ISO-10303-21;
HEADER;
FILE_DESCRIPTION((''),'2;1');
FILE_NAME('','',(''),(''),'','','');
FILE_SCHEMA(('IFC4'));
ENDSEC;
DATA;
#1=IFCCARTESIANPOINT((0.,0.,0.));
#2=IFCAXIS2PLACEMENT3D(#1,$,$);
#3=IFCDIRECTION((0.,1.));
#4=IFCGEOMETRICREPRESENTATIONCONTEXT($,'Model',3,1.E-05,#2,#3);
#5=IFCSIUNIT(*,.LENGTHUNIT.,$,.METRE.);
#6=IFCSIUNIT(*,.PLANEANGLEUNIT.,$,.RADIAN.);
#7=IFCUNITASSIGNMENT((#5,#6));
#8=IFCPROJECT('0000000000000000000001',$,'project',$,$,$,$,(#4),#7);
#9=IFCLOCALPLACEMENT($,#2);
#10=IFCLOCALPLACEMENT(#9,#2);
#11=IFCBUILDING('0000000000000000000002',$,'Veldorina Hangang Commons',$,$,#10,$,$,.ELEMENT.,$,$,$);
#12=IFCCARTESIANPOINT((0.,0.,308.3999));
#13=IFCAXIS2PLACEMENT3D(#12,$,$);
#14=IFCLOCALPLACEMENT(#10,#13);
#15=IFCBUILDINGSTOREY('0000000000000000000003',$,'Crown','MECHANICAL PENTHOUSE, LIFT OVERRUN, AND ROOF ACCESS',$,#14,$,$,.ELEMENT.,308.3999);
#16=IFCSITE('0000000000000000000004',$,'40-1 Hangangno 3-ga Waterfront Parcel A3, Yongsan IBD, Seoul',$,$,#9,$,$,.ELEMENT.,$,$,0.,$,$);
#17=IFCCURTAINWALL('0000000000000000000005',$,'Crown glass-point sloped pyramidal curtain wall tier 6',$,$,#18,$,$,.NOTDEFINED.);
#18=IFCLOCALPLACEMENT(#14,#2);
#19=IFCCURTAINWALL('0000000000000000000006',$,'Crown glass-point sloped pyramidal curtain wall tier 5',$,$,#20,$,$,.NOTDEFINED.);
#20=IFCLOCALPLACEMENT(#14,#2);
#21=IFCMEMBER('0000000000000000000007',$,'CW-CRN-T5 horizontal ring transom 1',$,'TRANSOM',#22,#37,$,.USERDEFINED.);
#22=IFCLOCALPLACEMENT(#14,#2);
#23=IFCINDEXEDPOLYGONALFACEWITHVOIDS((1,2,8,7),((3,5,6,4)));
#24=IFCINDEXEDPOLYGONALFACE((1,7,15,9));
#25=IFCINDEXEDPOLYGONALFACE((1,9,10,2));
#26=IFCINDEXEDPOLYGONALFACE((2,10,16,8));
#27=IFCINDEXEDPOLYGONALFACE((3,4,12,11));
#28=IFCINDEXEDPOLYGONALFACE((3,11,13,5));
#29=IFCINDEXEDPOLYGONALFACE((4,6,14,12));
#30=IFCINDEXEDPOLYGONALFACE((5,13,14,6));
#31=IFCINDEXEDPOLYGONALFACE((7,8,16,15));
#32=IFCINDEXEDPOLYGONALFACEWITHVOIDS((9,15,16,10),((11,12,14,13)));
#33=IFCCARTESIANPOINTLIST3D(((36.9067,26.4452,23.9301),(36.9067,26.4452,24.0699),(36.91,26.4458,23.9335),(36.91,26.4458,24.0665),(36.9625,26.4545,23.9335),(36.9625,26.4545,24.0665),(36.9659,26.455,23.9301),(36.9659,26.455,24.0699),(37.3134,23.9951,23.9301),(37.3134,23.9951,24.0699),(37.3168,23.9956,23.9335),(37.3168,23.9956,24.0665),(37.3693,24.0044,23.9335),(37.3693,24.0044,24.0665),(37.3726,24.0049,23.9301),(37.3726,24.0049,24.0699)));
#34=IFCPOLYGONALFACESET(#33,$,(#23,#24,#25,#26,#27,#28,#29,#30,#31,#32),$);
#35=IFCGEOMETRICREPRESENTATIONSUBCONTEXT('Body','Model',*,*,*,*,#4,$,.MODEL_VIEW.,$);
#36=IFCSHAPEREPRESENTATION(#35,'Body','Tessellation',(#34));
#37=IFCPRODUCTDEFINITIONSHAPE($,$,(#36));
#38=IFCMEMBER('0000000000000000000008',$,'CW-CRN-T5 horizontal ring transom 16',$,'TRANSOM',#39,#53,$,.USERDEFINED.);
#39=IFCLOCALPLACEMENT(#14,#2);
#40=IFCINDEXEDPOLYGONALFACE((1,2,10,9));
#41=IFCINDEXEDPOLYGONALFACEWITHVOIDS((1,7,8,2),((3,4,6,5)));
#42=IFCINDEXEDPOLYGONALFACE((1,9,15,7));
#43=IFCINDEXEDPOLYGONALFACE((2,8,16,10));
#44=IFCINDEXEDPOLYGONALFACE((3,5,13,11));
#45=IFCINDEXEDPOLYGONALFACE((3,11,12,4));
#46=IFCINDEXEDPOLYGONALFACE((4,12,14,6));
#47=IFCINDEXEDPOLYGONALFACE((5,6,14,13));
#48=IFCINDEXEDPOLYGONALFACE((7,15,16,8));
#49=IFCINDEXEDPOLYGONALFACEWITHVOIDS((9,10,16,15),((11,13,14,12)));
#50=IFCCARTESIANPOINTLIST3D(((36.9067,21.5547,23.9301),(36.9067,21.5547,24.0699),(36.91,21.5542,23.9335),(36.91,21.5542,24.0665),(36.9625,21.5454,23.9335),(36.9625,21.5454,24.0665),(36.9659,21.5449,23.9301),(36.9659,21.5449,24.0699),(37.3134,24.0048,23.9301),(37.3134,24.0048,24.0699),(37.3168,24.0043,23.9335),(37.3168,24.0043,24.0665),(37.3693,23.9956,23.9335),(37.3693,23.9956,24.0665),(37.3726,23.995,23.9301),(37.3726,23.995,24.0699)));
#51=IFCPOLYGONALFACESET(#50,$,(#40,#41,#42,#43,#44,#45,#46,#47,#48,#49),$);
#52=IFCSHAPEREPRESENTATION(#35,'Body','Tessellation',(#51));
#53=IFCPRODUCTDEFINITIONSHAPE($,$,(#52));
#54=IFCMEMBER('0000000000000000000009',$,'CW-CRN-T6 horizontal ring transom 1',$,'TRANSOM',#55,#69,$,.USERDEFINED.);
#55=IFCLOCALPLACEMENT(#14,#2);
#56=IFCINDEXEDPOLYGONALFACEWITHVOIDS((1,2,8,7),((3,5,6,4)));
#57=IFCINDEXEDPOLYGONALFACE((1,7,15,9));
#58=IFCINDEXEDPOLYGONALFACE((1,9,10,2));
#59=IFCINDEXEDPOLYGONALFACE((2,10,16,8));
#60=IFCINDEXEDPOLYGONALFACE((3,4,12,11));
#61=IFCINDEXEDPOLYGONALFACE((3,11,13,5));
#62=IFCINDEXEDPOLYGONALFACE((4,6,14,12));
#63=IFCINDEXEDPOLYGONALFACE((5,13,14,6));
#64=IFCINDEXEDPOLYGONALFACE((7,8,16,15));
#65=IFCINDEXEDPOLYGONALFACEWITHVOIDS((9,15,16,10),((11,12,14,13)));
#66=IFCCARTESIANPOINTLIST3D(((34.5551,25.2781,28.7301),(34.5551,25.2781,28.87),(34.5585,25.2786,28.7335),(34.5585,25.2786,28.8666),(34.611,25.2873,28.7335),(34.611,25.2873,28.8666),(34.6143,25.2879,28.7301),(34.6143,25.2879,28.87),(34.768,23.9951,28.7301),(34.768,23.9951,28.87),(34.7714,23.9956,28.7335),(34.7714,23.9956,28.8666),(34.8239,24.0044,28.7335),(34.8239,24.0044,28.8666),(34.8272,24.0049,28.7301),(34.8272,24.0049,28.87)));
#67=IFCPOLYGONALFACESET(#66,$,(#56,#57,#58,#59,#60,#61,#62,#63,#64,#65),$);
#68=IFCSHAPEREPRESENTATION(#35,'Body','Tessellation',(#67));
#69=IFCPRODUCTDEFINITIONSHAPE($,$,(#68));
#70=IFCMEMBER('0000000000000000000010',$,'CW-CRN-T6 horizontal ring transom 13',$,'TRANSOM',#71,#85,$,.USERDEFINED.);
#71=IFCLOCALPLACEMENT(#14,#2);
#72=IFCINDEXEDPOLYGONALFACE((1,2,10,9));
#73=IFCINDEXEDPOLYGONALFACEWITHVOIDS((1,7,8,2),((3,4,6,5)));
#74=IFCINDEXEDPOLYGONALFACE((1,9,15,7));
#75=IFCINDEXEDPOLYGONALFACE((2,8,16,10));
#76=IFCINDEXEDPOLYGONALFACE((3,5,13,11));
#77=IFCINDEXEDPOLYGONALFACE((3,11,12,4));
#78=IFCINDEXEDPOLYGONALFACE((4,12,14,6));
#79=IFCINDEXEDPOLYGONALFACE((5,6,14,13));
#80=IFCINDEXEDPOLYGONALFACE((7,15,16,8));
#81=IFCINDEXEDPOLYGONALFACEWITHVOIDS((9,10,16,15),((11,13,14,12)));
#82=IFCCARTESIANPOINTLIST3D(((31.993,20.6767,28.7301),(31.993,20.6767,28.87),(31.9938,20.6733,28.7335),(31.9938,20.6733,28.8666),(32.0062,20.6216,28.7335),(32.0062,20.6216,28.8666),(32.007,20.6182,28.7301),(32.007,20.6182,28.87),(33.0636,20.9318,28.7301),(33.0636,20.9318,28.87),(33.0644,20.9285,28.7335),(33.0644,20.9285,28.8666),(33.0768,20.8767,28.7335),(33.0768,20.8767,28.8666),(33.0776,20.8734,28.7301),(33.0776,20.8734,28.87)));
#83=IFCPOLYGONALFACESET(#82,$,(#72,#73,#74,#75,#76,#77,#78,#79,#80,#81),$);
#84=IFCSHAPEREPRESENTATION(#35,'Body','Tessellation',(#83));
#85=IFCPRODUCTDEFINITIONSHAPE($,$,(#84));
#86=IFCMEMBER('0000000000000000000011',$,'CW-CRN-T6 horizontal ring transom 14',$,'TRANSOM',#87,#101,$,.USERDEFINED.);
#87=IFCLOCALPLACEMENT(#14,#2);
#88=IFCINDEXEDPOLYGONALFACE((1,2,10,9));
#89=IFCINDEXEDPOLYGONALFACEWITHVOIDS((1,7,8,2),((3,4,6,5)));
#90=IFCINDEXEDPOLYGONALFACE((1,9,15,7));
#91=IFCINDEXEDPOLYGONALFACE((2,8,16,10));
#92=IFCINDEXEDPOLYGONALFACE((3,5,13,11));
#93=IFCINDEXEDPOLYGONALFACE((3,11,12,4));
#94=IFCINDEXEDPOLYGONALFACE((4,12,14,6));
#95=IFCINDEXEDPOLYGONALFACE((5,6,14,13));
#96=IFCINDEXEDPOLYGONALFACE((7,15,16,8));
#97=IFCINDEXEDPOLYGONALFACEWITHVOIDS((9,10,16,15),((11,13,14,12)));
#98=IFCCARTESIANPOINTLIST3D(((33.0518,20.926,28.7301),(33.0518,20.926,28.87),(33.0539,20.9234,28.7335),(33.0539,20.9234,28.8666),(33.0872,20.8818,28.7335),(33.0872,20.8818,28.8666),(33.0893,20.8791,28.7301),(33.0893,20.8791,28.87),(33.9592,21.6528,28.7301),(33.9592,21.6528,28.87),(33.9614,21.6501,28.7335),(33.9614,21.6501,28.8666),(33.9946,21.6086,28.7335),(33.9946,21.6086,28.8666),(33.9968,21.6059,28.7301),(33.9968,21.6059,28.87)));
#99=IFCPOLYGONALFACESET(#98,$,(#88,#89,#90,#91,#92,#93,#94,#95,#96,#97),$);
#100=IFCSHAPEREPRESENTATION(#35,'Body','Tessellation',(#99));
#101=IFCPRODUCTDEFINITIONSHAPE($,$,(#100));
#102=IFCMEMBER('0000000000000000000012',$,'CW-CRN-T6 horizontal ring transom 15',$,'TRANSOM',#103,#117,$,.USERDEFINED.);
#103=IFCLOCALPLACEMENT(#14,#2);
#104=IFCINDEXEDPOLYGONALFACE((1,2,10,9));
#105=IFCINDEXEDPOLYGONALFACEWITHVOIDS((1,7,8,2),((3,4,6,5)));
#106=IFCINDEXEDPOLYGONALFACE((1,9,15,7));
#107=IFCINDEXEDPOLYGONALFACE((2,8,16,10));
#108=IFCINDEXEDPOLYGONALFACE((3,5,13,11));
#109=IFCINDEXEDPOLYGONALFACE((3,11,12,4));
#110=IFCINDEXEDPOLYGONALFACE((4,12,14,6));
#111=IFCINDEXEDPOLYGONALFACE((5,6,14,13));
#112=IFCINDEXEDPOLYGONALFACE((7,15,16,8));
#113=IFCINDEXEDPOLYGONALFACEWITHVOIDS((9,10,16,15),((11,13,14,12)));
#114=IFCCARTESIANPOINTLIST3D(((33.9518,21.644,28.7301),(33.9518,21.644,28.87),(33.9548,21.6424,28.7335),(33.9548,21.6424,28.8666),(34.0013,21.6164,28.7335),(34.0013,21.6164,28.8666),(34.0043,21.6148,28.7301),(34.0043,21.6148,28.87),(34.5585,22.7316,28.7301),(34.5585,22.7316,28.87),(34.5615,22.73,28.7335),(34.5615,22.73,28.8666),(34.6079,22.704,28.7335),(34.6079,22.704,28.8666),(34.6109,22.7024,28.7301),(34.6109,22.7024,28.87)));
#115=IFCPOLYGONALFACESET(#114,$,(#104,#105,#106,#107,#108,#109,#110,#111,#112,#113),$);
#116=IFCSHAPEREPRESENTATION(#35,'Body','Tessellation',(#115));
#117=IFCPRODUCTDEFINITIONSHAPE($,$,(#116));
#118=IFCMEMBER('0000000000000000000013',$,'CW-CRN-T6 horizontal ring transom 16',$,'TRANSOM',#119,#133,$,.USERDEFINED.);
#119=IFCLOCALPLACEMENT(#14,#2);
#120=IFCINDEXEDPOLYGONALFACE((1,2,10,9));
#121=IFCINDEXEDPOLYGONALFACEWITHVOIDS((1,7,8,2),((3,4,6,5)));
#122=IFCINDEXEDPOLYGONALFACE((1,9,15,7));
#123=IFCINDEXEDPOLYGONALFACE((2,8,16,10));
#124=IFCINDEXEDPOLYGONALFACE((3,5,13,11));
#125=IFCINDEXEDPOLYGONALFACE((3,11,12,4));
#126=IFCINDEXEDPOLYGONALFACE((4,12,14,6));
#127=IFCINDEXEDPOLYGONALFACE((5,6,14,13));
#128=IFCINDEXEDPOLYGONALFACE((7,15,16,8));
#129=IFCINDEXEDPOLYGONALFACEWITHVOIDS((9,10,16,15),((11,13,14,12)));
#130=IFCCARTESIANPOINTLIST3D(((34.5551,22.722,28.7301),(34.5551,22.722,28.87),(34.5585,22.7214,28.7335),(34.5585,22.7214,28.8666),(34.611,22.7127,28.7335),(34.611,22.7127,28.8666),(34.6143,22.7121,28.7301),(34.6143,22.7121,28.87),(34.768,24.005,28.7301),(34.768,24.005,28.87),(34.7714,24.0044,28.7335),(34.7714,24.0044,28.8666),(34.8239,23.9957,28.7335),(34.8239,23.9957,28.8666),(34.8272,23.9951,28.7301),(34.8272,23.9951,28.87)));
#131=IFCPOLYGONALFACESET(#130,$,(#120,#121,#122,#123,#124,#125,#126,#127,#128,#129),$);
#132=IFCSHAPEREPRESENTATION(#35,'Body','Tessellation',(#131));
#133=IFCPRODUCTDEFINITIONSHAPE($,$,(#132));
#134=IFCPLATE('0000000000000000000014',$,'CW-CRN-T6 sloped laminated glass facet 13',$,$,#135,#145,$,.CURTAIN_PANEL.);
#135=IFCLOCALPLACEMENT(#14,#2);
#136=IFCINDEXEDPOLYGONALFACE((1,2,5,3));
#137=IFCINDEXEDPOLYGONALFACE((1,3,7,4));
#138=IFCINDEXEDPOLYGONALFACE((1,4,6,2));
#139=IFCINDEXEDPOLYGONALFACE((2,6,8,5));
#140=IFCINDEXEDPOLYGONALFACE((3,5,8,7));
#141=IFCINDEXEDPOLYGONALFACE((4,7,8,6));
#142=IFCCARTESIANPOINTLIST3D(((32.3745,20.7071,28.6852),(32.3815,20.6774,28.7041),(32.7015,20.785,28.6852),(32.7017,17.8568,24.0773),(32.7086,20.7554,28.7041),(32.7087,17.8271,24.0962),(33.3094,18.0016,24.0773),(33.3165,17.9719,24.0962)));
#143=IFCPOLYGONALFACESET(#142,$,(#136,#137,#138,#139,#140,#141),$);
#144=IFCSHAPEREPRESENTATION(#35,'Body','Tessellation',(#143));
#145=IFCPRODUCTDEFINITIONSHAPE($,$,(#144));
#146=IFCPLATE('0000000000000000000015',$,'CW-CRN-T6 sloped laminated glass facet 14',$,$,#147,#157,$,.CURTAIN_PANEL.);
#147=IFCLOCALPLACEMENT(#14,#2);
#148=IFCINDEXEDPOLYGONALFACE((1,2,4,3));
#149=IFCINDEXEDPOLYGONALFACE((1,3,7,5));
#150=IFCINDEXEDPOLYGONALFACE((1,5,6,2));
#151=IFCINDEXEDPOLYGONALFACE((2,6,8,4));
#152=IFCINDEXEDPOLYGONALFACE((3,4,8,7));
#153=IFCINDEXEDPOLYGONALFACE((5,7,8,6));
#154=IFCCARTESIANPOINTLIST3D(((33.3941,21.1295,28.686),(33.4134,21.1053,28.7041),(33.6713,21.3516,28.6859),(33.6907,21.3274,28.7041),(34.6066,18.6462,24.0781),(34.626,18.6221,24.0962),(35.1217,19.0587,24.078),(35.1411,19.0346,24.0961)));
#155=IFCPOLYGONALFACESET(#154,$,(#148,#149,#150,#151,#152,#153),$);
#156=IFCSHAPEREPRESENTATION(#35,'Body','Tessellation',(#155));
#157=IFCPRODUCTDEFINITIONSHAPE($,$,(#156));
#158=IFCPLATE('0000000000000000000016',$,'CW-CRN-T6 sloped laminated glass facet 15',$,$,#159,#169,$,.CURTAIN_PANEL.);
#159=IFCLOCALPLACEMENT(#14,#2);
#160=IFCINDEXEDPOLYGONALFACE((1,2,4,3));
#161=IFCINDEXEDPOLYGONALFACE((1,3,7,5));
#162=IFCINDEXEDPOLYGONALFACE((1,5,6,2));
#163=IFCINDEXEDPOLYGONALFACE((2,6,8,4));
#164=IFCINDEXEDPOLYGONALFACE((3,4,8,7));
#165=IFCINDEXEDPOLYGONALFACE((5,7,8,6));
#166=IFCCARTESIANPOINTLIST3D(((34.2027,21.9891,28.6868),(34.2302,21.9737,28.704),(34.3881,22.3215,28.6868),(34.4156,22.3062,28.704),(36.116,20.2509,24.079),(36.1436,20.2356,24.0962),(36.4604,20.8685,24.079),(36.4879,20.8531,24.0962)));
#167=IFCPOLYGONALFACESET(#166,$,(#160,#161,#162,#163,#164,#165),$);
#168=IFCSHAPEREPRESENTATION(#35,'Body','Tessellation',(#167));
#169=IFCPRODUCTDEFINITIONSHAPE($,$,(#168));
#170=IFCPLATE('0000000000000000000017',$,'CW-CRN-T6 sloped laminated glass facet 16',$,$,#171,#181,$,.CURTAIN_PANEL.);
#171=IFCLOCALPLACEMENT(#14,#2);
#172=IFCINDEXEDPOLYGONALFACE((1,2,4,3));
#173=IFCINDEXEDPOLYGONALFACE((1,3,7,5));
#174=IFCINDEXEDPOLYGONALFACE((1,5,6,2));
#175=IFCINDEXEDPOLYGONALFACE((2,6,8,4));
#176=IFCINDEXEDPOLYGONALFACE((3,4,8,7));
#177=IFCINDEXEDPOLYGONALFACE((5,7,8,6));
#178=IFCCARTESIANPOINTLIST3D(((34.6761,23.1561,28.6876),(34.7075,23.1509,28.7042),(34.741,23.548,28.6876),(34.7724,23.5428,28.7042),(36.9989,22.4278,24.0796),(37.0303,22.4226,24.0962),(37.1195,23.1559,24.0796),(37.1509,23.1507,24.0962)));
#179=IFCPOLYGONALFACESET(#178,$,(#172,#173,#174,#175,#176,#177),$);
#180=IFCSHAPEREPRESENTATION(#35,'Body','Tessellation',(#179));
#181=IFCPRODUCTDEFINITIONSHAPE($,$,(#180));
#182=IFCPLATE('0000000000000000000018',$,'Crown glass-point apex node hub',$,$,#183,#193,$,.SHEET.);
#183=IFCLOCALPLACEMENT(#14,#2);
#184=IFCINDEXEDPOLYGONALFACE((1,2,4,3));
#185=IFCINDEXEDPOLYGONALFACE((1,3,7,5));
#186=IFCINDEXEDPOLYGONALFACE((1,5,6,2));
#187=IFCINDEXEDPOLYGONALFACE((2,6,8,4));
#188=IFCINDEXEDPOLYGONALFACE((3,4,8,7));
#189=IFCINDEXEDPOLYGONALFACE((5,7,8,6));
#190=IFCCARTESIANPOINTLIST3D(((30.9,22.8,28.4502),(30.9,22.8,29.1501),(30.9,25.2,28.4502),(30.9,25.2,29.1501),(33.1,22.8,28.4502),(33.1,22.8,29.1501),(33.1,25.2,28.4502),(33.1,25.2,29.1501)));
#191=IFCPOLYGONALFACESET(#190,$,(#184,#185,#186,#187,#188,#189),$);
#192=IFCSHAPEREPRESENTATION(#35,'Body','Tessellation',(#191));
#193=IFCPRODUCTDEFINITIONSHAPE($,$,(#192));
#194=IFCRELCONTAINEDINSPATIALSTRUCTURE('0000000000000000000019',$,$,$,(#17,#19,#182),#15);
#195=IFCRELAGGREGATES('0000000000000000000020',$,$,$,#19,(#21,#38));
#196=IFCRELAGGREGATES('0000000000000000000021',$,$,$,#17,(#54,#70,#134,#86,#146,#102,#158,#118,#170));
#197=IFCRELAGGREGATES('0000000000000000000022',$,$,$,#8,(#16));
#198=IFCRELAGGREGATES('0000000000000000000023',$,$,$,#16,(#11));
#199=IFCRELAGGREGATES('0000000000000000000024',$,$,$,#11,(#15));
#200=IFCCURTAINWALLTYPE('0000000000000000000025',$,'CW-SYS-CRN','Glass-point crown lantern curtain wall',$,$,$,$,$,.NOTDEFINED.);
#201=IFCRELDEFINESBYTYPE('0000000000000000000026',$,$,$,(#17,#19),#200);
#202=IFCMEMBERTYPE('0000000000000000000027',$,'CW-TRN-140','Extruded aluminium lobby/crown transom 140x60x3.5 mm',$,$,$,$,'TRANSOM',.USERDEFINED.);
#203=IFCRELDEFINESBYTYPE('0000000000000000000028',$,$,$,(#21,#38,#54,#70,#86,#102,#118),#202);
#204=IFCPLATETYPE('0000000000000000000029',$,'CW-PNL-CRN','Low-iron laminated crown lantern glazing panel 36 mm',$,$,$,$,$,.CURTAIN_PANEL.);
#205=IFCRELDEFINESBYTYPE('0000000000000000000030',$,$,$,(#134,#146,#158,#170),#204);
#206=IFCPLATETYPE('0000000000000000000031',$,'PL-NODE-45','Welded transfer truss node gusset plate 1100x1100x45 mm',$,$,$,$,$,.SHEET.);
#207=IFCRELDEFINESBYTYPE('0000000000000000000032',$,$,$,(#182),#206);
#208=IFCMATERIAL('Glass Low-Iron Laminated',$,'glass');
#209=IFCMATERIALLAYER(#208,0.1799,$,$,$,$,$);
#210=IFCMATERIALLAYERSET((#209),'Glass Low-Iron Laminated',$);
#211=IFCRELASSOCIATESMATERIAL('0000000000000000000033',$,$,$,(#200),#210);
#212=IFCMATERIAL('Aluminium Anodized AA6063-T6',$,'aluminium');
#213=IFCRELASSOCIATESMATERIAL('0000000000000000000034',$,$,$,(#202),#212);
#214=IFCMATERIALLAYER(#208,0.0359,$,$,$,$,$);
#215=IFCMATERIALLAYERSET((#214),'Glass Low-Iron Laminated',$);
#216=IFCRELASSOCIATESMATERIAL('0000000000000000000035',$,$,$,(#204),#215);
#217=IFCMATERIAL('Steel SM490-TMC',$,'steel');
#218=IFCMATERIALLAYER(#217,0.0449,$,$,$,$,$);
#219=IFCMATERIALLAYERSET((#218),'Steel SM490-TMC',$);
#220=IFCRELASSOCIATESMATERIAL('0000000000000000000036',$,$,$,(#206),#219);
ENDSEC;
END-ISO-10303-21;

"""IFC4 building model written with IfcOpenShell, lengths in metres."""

from ifc_helpers import new_model, si_unit, direction, frame, origin, origin_2d, place, context, subcontext, project, spatial, polyline, rectangle, hollow_rectangle, outline, extrude, material, layer, layer_set, material_profile, profile_set, type_object, element, aggregate, save


model = new_model("IFC4")

# Units and contexts
model_context = context("Model", 3, precision=1e-05, world=origin(), true_north=direction((0.0, 1.0)))
body_context = subcontext(model_context, "Body", "Model", "MODEL_VIEW")
ifc_project = project(units=[si_unit("LENGTHUNIT", "METRE"), si_unit("PLANEANGLEUNIT", "RADIAN")], contexts=[model_context])

# Site, building, storey
site_placement = place(None, origin())
site = spatial("IfcSite", under=ifc_project, at=site_placement, Name="40-1 Hangangno 3-ga Waterfront Parcel A3, Yongsan IBD, Seoul", CompositionType="ELEMENT", RefElevation=0.0)
building_placement = place(site_placement, origin())
building = spatial("IfcBuilding", under=site, at=building_placement, Name="Veldorina Hangang Commons", CompositionType="ELEMENT")
storey_placement = place(building_placement, frame((0.0, 0.0, 308.3999)))
storey = spatial("IfcBuildingStorey", under=building, at=storey_placement, Name="Crown", Description="MECHANICAL PENTHOUSE, LIFT OVERRUN, AND ROOF ACCESS", CompositionType="ELEMENT", Elevation=308.3999)

# Curtain wall
ifc_material_1 = material(Name="Glass Low-Iron Laminated", Category="glass")
ifc_layer_1 = layer(ifc_material_1, 0.1799)
ifc_layer_set_1 = layer_set([ifc_layer_1], Name="Glass Low-Iron Laminated")
curtain_wall_type = type_object("IfcCurtainWallType", Name="CW-SYS-CRN", Description="Glass-point crown lantern curtain wall", PredefinedType="NOTDEFINED", material=ifc_layer_set_1)
curtain_wall_1_placement = place(storey_placement, origin())
curtain_wall_1 = element("IfcCurtainWall", 1, at=curtain_wall_1_placement, inside=storey, type_object=curtain_wall_type, Name="Crown glass-point sloped pyramidal curtain wall tier 6", PredefinedType="NOTDEFINED")
ifc_material_2 = material(Name="Aluminium Anodized AA6063-T6", Category="aluminium")

# Curtain wall, members
curtain_wall_2_placement = place(storey_placement, origin())
curtain_wall_2 = element("IfcCurtainWall", 2, at=curtain_wall_2_placement, inside=storey, type_object=curtain_wall_type, Name="Crown glass-point sloped pyramidal curtain wall tier 5", PredefinedType="NOTDEFINED")
ifc_material_profile_1 = material_profile(ifc_material_2, hollow_rectangle(XDim=0.0601, YDim=0.1399, WallThickness=0.0034, at=origin_2d()), Name="ALU-RHS-140x60x3.5")
ifc_profile_set_1 = profile_set([ifc_material_profile_1], Name="Aluminium Anodized AA6063-T6")
member_type_1 = type_object("IfcMemberType", Name="CW-TRN-140", Description="Extruded aluminium lobby/crown transom 140x60x3.5 mm", ElementType="TRANSOM", PredefinedType="USERDEFINED", material=ifc_profile_set_1)
member_1_placement = place(storey_placement, frame((37.343, 24.0, 24.0), z_axis=(-0.163761, 0.9865, 0.0), x_axis=(-0.9865, -0.163761, 0.0)))
member_1 = element("IfcMember", 3, at=member_1_placement, type_object=member_type_1, Name="CW-CRN-T5 horizontal ring transom 1", ObjectType="TRANSOM", PredefinedType="USERDEFINED", context=body_context, shape_type="SweptSolid", body=[
    extrude(hollow_rectangle(XDim=0.0601, YDim=0.1399, WallThickness=0.0034, at=origin_2d()), origin(), (0.0, 0.0, 1.0), 2.4836),
])
member_2_placement = place(storey_placement, frame((36.9363, 21.5498, 24.0), z_axis=(0.163761, 0.9865, 0.0), x_axis=(-0.9865, 0.163761, 0.0)))
member_2 = element("IfcMember", 4, at=member_2_placement, type_object=member_type_1, Name="CW-CRN-T5 horizontal ring transom 16", ObjectType="TRANSOM", PredefinedType="USERDEFINED", context=body_context, shape_type="SweptSolid", body=[
    extrude(hollow_rectangle(XDim=0.0601, YDim=0.1399, WallThickness=0.0034, at=origin_2d()), origin(), (0.0, 0.0, 1.0), 2.4836),
])
aggregate(curtain_wall_2, [member_1, member_2])

# Members
member_3_placement = place(storey_placement, frame((34.7976, 24.0, 28.8), z_axis=(-0.163699, 0.98651, 0.0), x_axis=(-0.98651, -0.163699, 0.0)))
member_3 = element("IfcMember", 5, at=member_3_placement, type_object=member_type_1, Name="CW-CRN-T6 horizontal ring transom 1", ObjectType="TRANSOM", PredefinedType="USERDEFINED", context=body_context, shape_type="SweptSolid", body=[
    extrude(hollow_rectangle(XDim=0.0601, YDim=0.1399, WallThickness=0.0034, at=origin_2d()), origin(), (0.0, 0.0, 1.0), 1.3005),
])
member_4_placement = place(storey_placement, frame((32.0, 20.6475, 28.8), z_axis=(0.972759, 0.23182, 0.0), x_axis=(-0.23182, 0.972759, 0.0)))
member_4 = element("IfcMember", 6, at=member_4_placement, type_object=member_type_1, Name="CW-CRN-T6 horizontal ring transom 13", ObjectType="TRANSOM", PredefinedType="USERDEFINED", context=body_context, shape_type="SweptSolid", body=[
    extrude(hollow_rectangle(XDim=0.0601, YDim=0.1399, WallThickness=0.0034, at=origin_2d()), origin(), (0.0, 0.0, 1.0), 1.1006),
])
member_5_placement = place(storey_placement, frame((33.0706, 20.9026, 28.8), z_axis=(0.78052, 0.62513, 0.0), x_axis=(-0.62513, 0.78052, 0.0)))
member_5 = element("IfcMember", 7, at=member_5_placement, type_object=member_type_1, Name="CW-CRN-T6 horizontal ring transom 14", ObjectType="TRANSOM", PredefinedType="USERDEFINED", context=body_context, shape_type="SweptSolid", body=[
    extrude(hollow_rectangle(XDim=0.0601, YDim=0.1399, WallThickness=0.0034, at=origin_2d()), origin(), (0.0, 0.0, 1.0), 1.1626),
])
member_6_placement = place(storey_placement, frame((33.978, 21.6294, 28.8), z_axis=(0.48714, 0.873324, 0.0), x_axis=(-0.873324, 0.48714, 0.0)))
member_6 = element("IfcMember", 8, at=member_6_placement, type_object=member_type_1, Name="CW-CRN-T6 horizontal ring transom 15", ObjectType="TRANSOM", PredefinedType="USERDEFINED", context=body_context, shape_type="SweptSolid", body=[
    extrude(hollow_rectangle(XDim=0.0601, YDim=0.1399, WallThickness=0.0034, at=origin_2d()), origin(), (0.0, 0.0, 1.0), 1.2454),
])
member_7_placement = place(storey_placement, frame((34.5847, 22.717, 28.8), z_axis=(0.163699, 0.98651, 0.0), x_axis=(-0.98651, 0.163699, 0.0)))
member_7 = element("IfcMember", 9, at=member_7_placement, type_object=member_type_1, Name="CW-CRN-T6 horizontal ring transom 16", ObjectType="TRANSOM", PredefinedType="USERDEFINED", context=body_context, shape_type="SweptSolid", body=[
    extrude(hollow_rectangle(XDim=0.0601, YDim=0.1399, WallThickness=0.0034, at=origin_2d()), origin(), (0.0, 0.0, 1.0), 1.3005),
])

# Plates
ifc_layer_2 = layer(ifc_material_1, 0.0359)
ifc_layer_set_2 = layer_set([ifc_layer_2], Name="Glass Low-Iron Laminated")
plate_type_1 = type_object("IfcPlateType", Name="CW-PNL-CRN", Description="Low-iron laminated crown lantern glazing panel 36 mm", PredefinedType="CURTAIN_PANEL", material=ifc_layer_set_2)
plate_1_placement = place(storey_placement, frame((32.7087, 17.8271, 24.0962), z_axis=(0.197132, -0.827434, 0.525826), x_axis=(0.972773, 0.231759, 0.000002)))
plate_1 = element("IfcPlate", 10, at=plate_1_placement, type_object=plate_type_1, Name="CW-CRN-T6 sloped laminated glass facet 13", PredefinedType="CURTAIN_PANEL", context=body_context, shape_type="SweptSolid", body=[
    extrude(outline(polyline([(0.0, 0.0), (0.6248, 0.0), (0.6785, 5.4172), (0.3423, 5.4172), (0.0, 0.0)])), origin(), (0.0, 0.0, -1.0), 0.0359),
])
plate_2_placement = place(storey_placement, frame((34.626, 18.6221, 24.0962), z_axis=(0.539555, -0.673666, 0.505029), x_axis=(0.78056, 0.62508, -0.00012)))
plate_2 = element("IfcPlate", 11, at=plate_2_placement, type_object=plate_type_1, Name="CW-CRN-T6 sloped laminated glass facet 14", PredefinedType="CURTAIN_PANEL", context=body_context, shape_type="SweptSolid", body=[
    extrude(outline(polyline([(0.0, 0.0), (0.6599, 0.0), (0.9604, 5.3389), (0.6052, 5.3389), (0.0, 0.0)])), origin(), (0.0, 0.0, -1.0), 0.0359),
])
plate_3_placement = place(storey_placement, frame((36.1436, 20.2356, 24.0962), z_axis=(0.766463, -0.427367, 0.47947), x_axis=(0.486988, 0.873409, 0.000016)))
plate_3 = element("IfcPlate", 12, at=plate_3_placement, type_object=plate_type_1, Name="CW-CRN-T6 sloped laminated glass facet 15", PredefinedType="CURTAIN_PANEL", context=body_context, shape_type="SweptSolid", body=[
    extrude(outline(polyline([(0.0, 0.0), (0.707, 0.0), (0.967, 5.2507), (0.5864, 5.2507), (0.0, 0.0)])), origin(), (0.0, 0.0, -1.0), 0.0359),
])
plate_4_placement = place(storey_placement, frame((37.0303, 22.4226, 24.0962), z_axis=(0.874161, -0.144836, 0.463535), x_axis=(0.163452, 0.986551, 0.00001)))
plate_4 = element("IfcPlate", 13, at=plate_4_placement, type_object=plate_type_1, Name="CW-CRN-T6 sloped laminated glass facet 16", PredefinedType="CURTAIN_PANEL", context=body_context, shape_type="SweptSolid", body=[
    extrude(outline(polyline([(0.0, 0.0), (0.738, 0.0), (0.7361, 5.2004), (0.3389, 5.2004), (0.0, 0.0)])), origin(), (0.0, 0.0, -1.0), 0.0359),
])
aggregate(curtain_wall_1, [member_3, member_4, plate_1, member_5, plate_2, member_6, plate_3, member_7, plate_4])
ifc_material_3 = material(Name="Steel SM490-TMC", Category="steel")
ifc_layer_3 = layer(ifc_material_3, 0.0449)
ifc_layer_set_3 = layer_set([ifc_layer_3], Name="Steel SM490-TMC")
plate_type_2 = type_object("IfcPlateType", Name="PL-NODE-45", Description="Welded transfer truss node gusset plate 1100x1100x45 mm", PredefinedType="SHEET", material=ifc_layer_set_3)
plate_5_placement = place(storey_placement, frame((32.0, 24.0, 28.4502), z_axis=(0.0, 0.0, 1.0), x_axis=(1.0, 0.0, 0.0)))
element("IfcPlate", 14, at=plate_5_placement, inside=storey, type_object=plate_type_2, Name="Crown glass-point apex node hub", PredefinedType="SHEET", context=body_context, shape_type="SweptSolid", body=[
    extrude(rectangle(XDim=2.2, YDim=2.3999, at=origin_2d()), origin(), (0.0, 0.0, 1.0), 0.7),
])

save(model, "model.ifc")
